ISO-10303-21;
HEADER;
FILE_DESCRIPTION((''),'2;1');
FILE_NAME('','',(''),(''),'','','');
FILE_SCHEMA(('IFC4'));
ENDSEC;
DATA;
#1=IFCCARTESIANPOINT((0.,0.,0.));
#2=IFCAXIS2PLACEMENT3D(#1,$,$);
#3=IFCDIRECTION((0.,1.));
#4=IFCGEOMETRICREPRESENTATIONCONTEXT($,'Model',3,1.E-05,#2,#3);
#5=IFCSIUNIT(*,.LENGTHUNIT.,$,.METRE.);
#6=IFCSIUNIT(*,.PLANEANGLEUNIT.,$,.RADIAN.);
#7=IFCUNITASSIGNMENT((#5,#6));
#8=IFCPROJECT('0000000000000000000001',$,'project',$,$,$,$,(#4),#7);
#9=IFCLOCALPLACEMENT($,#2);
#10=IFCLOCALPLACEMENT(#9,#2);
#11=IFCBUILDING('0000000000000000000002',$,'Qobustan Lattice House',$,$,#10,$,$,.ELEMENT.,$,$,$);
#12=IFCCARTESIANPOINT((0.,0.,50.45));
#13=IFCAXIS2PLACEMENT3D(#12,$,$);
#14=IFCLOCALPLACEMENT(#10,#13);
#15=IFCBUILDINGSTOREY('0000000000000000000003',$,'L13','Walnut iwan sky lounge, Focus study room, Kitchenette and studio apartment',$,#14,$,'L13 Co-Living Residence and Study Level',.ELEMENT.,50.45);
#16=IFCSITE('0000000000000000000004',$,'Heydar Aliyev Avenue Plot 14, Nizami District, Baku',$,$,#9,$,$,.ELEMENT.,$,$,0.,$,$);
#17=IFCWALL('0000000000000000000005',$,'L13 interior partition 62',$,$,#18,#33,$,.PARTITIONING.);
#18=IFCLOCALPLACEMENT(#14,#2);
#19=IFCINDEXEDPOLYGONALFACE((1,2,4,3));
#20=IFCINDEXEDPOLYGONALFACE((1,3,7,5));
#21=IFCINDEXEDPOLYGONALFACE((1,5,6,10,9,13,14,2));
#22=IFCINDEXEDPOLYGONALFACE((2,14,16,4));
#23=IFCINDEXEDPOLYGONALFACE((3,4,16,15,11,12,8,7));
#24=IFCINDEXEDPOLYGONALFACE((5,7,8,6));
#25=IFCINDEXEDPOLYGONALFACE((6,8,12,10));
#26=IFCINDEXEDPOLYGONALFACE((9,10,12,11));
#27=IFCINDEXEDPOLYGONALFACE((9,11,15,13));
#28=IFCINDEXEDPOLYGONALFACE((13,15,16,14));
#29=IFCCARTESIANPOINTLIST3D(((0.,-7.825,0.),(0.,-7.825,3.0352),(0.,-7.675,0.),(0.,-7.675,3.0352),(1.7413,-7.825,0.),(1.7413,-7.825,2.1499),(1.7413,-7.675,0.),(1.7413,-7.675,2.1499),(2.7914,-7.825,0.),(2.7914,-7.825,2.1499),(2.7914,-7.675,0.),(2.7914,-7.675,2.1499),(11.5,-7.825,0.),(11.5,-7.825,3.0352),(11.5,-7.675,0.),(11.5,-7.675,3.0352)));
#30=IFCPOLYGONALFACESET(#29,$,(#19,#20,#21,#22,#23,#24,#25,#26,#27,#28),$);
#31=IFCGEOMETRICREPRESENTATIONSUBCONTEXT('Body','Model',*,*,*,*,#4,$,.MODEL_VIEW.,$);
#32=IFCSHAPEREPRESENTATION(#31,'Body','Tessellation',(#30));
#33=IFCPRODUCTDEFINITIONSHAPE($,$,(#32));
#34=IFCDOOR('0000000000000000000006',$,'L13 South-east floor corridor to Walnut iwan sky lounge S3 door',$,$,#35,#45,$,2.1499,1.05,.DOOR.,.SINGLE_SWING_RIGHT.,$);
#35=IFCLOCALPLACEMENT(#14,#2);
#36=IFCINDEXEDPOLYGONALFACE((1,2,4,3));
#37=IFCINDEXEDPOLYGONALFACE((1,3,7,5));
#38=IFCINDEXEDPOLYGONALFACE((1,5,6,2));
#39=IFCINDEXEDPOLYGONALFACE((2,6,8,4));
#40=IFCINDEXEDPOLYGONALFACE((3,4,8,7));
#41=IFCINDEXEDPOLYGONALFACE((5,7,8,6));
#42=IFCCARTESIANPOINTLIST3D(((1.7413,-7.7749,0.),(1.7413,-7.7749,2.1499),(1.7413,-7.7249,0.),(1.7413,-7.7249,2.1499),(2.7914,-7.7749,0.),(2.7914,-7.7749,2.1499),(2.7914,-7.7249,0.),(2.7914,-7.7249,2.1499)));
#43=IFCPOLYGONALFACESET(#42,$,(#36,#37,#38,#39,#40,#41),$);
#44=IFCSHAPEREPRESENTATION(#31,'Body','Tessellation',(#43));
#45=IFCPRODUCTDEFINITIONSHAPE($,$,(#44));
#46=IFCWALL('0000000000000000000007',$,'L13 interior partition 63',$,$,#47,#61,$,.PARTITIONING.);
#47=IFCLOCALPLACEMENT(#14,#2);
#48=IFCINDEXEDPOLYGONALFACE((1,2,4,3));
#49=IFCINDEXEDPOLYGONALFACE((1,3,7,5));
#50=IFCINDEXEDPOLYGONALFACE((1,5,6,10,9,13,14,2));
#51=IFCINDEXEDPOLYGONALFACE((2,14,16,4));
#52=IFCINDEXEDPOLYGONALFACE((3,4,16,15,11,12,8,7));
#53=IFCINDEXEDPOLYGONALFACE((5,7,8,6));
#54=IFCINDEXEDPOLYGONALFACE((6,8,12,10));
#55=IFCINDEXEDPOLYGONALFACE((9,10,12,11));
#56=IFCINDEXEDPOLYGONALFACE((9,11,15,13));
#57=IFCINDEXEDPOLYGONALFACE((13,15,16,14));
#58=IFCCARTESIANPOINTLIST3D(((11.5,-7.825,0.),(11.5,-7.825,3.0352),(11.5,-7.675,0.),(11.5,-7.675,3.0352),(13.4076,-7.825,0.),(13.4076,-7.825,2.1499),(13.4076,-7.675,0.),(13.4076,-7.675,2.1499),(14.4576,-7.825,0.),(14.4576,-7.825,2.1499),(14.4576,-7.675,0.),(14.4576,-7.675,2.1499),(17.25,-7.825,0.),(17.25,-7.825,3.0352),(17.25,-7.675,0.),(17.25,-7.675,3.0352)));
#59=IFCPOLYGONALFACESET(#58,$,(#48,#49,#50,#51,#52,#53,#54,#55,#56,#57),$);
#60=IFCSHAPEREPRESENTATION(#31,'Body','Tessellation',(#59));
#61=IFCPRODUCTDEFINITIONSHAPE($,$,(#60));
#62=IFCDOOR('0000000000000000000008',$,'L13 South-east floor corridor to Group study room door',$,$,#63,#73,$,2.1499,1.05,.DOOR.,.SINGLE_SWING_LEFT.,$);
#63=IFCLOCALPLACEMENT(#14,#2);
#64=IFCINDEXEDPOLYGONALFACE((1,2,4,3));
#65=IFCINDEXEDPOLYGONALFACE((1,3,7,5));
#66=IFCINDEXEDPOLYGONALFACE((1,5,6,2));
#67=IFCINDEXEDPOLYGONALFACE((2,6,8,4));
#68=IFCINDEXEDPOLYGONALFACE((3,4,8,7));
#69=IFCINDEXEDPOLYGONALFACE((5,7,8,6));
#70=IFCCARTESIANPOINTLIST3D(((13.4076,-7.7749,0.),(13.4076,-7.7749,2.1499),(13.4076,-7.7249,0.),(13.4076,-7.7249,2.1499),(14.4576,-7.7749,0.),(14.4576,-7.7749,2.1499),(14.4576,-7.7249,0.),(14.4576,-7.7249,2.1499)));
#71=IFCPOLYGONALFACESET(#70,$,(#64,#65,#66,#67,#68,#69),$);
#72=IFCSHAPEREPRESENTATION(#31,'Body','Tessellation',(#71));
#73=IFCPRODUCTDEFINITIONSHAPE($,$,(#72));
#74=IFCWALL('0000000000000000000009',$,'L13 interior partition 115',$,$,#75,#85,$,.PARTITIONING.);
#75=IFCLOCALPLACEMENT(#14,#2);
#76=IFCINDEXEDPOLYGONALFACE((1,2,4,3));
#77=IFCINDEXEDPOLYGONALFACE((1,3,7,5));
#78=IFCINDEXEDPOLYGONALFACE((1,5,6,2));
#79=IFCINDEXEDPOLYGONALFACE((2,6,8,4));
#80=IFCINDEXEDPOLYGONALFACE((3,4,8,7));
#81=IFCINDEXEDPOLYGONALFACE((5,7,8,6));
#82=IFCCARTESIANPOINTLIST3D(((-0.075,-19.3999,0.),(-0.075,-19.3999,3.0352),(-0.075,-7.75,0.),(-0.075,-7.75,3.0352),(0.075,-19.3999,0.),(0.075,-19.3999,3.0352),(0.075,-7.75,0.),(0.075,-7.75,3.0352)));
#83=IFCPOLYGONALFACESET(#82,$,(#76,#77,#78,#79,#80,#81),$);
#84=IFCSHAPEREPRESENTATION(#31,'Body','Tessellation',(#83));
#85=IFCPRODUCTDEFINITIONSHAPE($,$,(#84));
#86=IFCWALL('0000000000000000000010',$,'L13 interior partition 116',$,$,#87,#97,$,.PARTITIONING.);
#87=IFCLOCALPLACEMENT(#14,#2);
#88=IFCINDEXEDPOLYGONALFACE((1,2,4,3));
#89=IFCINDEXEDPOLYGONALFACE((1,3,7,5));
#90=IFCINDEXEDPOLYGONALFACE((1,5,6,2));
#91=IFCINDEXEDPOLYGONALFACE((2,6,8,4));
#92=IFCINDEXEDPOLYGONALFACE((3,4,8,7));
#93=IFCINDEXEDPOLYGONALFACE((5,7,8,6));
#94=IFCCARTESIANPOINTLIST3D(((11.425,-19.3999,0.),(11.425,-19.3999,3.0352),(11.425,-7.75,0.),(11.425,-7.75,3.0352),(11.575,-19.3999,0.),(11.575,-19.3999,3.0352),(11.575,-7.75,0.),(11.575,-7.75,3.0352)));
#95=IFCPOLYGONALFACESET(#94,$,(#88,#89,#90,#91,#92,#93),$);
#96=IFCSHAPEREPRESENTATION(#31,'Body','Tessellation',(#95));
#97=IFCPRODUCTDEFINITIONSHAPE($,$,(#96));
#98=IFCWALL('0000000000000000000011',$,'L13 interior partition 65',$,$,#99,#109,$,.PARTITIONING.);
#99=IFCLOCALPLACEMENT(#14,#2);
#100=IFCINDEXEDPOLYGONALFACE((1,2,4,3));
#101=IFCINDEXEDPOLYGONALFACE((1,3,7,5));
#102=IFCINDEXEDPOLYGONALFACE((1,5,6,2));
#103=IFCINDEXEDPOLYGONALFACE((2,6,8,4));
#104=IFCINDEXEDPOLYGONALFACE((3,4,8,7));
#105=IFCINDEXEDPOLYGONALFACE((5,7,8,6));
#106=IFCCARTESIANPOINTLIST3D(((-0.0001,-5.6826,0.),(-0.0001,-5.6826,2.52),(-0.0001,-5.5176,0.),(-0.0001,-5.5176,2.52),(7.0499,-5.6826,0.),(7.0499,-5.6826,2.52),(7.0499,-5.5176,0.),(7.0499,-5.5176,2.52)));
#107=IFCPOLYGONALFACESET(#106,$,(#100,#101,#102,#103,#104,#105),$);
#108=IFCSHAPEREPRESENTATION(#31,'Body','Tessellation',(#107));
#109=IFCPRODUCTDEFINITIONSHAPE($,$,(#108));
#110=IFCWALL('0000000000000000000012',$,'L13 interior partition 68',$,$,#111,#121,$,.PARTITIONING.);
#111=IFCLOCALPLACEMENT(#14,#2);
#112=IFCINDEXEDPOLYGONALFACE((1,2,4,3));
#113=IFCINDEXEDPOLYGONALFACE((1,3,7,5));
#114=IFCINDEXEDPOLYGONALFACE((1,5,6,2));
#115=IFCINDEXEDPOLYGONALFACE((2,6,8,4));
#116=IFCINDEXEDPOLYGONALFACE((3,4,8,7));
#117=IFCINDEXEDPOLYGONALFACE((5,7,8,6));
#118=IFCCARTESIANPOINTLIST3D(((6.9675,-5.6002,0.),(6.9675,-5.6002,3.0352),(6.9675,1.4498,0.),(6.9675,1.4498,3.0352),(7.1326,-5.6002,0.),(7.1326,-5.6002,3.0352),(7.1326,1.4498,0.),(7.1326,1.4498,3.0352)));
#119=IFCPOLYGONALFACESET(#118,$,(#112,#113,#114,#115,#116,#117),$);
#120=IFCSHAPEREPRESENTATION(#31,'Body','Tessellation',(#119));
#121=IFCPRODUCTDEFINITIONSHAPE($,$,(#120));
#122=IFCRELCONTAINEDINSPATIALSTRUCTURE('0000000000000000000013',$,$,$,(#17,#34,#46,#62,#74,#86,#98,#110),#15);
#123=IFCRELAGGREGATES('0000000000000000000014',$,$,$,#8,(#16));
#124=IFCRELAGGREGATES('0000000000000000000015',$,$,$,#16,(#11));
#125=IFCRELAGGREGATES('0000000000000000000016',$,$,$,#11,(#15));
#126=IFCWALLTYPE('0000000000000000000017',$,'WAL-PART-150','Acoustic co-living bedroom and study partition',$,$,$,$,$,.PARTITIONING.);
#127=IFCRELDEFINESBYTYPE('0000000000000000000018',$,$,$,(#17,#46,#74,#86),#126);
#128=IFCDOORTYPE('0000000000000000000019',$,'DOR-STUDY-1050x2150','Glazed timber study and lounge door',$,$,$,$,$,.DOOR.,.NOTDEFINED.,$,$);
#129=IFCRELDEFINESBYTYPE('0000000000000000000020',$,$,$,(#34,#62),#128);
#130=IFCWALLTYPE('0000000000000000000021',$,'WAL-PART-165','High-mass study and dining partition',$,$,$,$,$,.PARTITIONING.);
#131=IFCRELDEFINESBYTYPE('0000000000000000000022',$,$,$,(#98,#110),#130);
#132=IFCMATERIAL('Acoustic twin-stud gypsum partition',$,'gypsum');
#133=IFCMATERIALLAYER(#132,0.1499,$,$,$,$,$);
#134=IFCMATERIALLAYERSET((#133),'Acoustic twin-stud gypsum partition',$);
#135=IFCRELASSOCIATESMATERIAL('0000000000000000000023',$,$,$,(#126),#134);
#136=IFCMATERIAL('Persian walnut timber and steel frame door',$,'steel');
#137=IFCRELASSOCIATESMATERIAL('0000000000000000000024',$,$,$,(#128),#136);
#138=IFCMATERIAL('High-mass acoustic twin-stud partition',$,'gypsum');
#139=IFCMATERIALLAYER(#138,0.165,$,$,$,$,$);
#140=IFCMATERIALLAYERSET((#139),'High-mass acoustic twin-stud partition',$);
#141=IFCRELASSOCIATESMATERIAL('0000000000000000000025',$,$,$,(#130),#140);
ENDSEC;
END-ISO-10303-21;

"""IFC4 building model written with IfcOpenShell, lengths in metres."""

from ifc_helpers import new_model, si_unit, direction, frame, frame_2d, origin, place, context, subcontext, project, spatial, rectangle, extrude, material, layer, layer_set, type_object, element, fill, save


model = new_model("IFC4")

# Units and contexts
model_context = context("Model", 3, precision=1e-05, world=origin(), true_north=direction((0.0, 1.0)))
body_context = subcontext(model_context, "Body", "Model", "MODEL_VIEW")
ifc_project = project(units=[si_unit("LENGTHUNIT", "METRE"), si_unit("PLANEANGLEUNIT", "RADIAN")], contexts=[model_context])

# Site, building, storey
site_placement = place(None, origin())
site = spatial("IfcSite", under=ifc_project, at=site_placement, Name="Heydar Aliyev Avenue Plot 14, Nizami District, Baku", CompositionType="ELEMENT", RefElevation=0.0)
building_placement = place(site_placement, origin())
building = spatial("IfcBuilding", under=site, at=building_placement, Name="Qobustan Lattice House", CompositionType="ELEMENT")
storey_placement = place(building_placement, frame((0.0, 0.0, 50.45)))
storey = spatial("IfcBuildingStorey", under=building, at=storey_placement, Name="L13", Description="Walnut iwan sky lounge, Focus study room, Kitchenette and studio apartment", LongName="L13 Co-Living Residence and Study Level", CompositionType="ELEMENT", Elevation=50.45)

# Walls, openings, doors
ifc_material_1 = material(Name="Acoustic twin-stud gypsum partition", Category="gypsum")
ifc_layer_1 = layer(ifc_material_1, 0.1499)
ifc_layer_set_1 = layer_set([ifc_layer_1], Name="Acoustic twin-stud gypsum partition")
wall_type_1 = type_object("IfcWallType", Name="WAL-PART-150", Description="Acoustic co-living bedroom and study partition", PredefinedType="PARTITIONING", material=ifc_layer_set_1)
ifc_material_2 = material(Name="Persian walnut timber and steel frame door", Category="steel")
door_type = type_object("IfcDoorType", Name="DOR-STUDY-1050x2150", Description="Glazed timber study and lounge door", OperationType="NOTDEFINED", PredefinedType="DOOR", material=ifc_material_2)
wall_1_placement = place(storey_placement, frame((11.5, -7.75, 0.0), z_axis=(0.0, 0.0, 1.0), x_axis=(-1.0, 0.0, 0.0)))
wall_1 = element("IfcWall", 1, at=wall_1_placement, inside=storey, type_object=wall_type_1, Name="L13 interior partition 62", PredefinedType="PARTITIONING", context=body_context, shape_type="SweptSolid", body=[
    extrude(rectangle(XDim=11.5, YDim=0.1499, at=frame_2d((5.75, 0.0))), origin(), (0.0, 0.0, 1.0), 3.0352),
])
opening_1_placement = place(wall_1_placement, frame((8.7087, 0.0, 0.0)))
opening_1 = element("IfcOpeningElement", 2, at=opening_1_placement, cuts=wall_1, PredefinedType="OPENING", context=body_context, shape_type="SweptSolid", body=[
    extrude(rectangle(XDim=1.05, YDim=2.1499, at=frame_2d((0.5249, 1.075))), frame((0.0, 0.085, 0.0), z_axis=(0.0, -1.0, 0.0), x_axis=(1.0, 0.0, 0.0)), (0.0, 0.0, 1.0), 0.1699),
])
door_1_placement = place(opening_1_placement, origin())
door_1 = element("IfcDoor", 3, at=door_1_placement, inside=storey, type_object=door_type, Name="L13 South-east floor corridor to Walnut iwan sky lounge S3 door", OperationType="SINGLE_SWING_RIGHT", OverallHeight=2.1499, OverallWidth=1.05, PredefinedType="DOOR", context=body_context, shape_type="SweptSolid", body=[
    extrude(rectangle(XDim=1.05, YDim=2.1499, at=frame_2d((0.5249, 1.075))), frame((0.0, 0.0249, 0.0), z_axis=(0.0, -1.0, 0.0), x_axis=(1.0, 0.0, 0.0)), (0.0, 0.0, 1.0), 0.05),
])
fill(opening_1, door_1)
wall_2_placement = place(storey_placement, frame((17.25, -7.75, 0.0), z_axis=(0.0, 0.0, 1.0), x_axis=(-1.0, 0.0, 0.0)))
wall_2 = element("IfcWall", 4, at=wall_2_placement, inside=storey, type_object=wall_type_1, Name="L13 interior partition 63", PredefinedType="PARTITIONING", context=body_context, shape_type="SweptSolid", body=[
    extrude(rectangle(XDim=5.75, YDim=0.1499, at=frame_2d((2.875, 0.0))), origin(), (0.0, 0.0, 1.0), 3.0352),
])
opening_2_placement = place(wall_2_placement, frame((2.7925, 0.0, 0.0)))
opening_2 = element("IfcOpeningElement", 5, at=opening_2_placement, cuts=wall_2, PredefinedType="OPENING", context=body_context, shape_type="SweptSolid", body=[
    extrude(rectangle(XDim=1.05, YDim=2.1499, at=frame_2d((0.5249, 1.075))), frame((0.0, 0.085, 0.0), z_axis=(0.0, -1.0, 0.0), x_axis=(1.0, 0.0, 0.0)), (0.0, 0.0, 1.0), 0.1699),
])
door_2_placement = place(opening_2_placement, origin())
door_2 = element("IfcDoor", 6, at=door_2_placement, inside=storey, type_object=door_type, Name="L13 South-east floor corridor to Group study room door", OperationType="SINGLE_SWING_LEFT", OverallHeight=2.1499, OverallWidth=1.05, PredefinedType="DOOR", context=body_context, shape_type="SweptSolid", body=[
    extrude(rectangle(XDim=1.05, YDim=2.1499, at=frame_2d((0.5249, 1.075))), frame((0.0, 0.0249, 0.0), z_axis=(0.0, -1.0, 0.0), x_axis=(1.0, 0.0, 0.0)), (0.0, 0.0, 1.0), 0.05),
])
fill(opening_2, door_2)

# Walls
for number, where, z_axis, x_axis, name in (
    (7, (0.0, -7.75, 0.0), (0.0, 0.0, 1.0), (0.0, -1.0, 0.0), "L13 interior partition 115"),
    (8, (11.5, -7.75, 0.0), (0.0, 0.0, 1.0), (0.0, -1.0, 0.0), "L13 interior partition 116"),
):
    element("IfcWall", number, at=place(storey_placement, frame(where, z_axis=z_axis, x_axis=x_axis)), inside=storey, type_object=wall_type_1, Name=name, PredefinedType="PARTITIONING", context=body_context, shape_type="SweptSolid", body=[
        extrude(rectangle(XDim=11.6499, YDim=0.1499, at=frame_2d((5.825, 0.0))), origin(), (0.0, 0.0, 1.0), 3.0352),
    ])
ifc_material_3 = material(Name="High-mass acoustic twin-stud partition", Category="gypsum")
ifc_layer_2 = layer(ifc_material_3, 0.165)
ifc_layer_set_2 = layer_set([ifc_layer_2], Name="High-mass acoustic twin-stud partition")
wall_type_2 = type_object("IfcWallType", Name="WAL-PART-165", Description="High-mass study and dining partition", PredefinedType="PARTITIONING", material=ifc_layer_set_2)
wall_3_placement = place(storey_placement, frame((0.0, -5.6001, 0.0), z_axis=(0.0, 0.0, 1.0), x_axis=(1.0, 0.0, 0.0)))
element("IfcWall", 9, at=wall_3_placement, inside=storey, type_object=wall_type_2, Name="L13 interior partition 65", PredefinedType="PARTITIONING", context=body_context, shape_type="SweptSolid", body=[
    extrude(rectangle(XDim=7.05, YDim=0.165, at=frame_2d((3.5249, 0.0))), origin(), (0.0, 0.0, 1.0), 2.52),
])
wall_4_placement = place(storey_placement, frame((7.05, -5.6001, 0.0), z_axis=(0.0, 0.0, 1.0), x_axis=(0.0, 1.0, 0.0)))
element("IfcWall", 10, at=wall_4_placement, inside=storey, type_object=wall_type_2, Name="L13 interior partition 68", PredefinedType="PARTITIONING", context=body_context, shape_type="SweptSolid", body=[
    extrude(rectangle(XDim=7.05, YDim=0.165, at=frame_2d((3.5249, 0.0))), origin(), (0.0, 0.0, 1.0), 3.0352),
])

save(model, "model.ifc")
